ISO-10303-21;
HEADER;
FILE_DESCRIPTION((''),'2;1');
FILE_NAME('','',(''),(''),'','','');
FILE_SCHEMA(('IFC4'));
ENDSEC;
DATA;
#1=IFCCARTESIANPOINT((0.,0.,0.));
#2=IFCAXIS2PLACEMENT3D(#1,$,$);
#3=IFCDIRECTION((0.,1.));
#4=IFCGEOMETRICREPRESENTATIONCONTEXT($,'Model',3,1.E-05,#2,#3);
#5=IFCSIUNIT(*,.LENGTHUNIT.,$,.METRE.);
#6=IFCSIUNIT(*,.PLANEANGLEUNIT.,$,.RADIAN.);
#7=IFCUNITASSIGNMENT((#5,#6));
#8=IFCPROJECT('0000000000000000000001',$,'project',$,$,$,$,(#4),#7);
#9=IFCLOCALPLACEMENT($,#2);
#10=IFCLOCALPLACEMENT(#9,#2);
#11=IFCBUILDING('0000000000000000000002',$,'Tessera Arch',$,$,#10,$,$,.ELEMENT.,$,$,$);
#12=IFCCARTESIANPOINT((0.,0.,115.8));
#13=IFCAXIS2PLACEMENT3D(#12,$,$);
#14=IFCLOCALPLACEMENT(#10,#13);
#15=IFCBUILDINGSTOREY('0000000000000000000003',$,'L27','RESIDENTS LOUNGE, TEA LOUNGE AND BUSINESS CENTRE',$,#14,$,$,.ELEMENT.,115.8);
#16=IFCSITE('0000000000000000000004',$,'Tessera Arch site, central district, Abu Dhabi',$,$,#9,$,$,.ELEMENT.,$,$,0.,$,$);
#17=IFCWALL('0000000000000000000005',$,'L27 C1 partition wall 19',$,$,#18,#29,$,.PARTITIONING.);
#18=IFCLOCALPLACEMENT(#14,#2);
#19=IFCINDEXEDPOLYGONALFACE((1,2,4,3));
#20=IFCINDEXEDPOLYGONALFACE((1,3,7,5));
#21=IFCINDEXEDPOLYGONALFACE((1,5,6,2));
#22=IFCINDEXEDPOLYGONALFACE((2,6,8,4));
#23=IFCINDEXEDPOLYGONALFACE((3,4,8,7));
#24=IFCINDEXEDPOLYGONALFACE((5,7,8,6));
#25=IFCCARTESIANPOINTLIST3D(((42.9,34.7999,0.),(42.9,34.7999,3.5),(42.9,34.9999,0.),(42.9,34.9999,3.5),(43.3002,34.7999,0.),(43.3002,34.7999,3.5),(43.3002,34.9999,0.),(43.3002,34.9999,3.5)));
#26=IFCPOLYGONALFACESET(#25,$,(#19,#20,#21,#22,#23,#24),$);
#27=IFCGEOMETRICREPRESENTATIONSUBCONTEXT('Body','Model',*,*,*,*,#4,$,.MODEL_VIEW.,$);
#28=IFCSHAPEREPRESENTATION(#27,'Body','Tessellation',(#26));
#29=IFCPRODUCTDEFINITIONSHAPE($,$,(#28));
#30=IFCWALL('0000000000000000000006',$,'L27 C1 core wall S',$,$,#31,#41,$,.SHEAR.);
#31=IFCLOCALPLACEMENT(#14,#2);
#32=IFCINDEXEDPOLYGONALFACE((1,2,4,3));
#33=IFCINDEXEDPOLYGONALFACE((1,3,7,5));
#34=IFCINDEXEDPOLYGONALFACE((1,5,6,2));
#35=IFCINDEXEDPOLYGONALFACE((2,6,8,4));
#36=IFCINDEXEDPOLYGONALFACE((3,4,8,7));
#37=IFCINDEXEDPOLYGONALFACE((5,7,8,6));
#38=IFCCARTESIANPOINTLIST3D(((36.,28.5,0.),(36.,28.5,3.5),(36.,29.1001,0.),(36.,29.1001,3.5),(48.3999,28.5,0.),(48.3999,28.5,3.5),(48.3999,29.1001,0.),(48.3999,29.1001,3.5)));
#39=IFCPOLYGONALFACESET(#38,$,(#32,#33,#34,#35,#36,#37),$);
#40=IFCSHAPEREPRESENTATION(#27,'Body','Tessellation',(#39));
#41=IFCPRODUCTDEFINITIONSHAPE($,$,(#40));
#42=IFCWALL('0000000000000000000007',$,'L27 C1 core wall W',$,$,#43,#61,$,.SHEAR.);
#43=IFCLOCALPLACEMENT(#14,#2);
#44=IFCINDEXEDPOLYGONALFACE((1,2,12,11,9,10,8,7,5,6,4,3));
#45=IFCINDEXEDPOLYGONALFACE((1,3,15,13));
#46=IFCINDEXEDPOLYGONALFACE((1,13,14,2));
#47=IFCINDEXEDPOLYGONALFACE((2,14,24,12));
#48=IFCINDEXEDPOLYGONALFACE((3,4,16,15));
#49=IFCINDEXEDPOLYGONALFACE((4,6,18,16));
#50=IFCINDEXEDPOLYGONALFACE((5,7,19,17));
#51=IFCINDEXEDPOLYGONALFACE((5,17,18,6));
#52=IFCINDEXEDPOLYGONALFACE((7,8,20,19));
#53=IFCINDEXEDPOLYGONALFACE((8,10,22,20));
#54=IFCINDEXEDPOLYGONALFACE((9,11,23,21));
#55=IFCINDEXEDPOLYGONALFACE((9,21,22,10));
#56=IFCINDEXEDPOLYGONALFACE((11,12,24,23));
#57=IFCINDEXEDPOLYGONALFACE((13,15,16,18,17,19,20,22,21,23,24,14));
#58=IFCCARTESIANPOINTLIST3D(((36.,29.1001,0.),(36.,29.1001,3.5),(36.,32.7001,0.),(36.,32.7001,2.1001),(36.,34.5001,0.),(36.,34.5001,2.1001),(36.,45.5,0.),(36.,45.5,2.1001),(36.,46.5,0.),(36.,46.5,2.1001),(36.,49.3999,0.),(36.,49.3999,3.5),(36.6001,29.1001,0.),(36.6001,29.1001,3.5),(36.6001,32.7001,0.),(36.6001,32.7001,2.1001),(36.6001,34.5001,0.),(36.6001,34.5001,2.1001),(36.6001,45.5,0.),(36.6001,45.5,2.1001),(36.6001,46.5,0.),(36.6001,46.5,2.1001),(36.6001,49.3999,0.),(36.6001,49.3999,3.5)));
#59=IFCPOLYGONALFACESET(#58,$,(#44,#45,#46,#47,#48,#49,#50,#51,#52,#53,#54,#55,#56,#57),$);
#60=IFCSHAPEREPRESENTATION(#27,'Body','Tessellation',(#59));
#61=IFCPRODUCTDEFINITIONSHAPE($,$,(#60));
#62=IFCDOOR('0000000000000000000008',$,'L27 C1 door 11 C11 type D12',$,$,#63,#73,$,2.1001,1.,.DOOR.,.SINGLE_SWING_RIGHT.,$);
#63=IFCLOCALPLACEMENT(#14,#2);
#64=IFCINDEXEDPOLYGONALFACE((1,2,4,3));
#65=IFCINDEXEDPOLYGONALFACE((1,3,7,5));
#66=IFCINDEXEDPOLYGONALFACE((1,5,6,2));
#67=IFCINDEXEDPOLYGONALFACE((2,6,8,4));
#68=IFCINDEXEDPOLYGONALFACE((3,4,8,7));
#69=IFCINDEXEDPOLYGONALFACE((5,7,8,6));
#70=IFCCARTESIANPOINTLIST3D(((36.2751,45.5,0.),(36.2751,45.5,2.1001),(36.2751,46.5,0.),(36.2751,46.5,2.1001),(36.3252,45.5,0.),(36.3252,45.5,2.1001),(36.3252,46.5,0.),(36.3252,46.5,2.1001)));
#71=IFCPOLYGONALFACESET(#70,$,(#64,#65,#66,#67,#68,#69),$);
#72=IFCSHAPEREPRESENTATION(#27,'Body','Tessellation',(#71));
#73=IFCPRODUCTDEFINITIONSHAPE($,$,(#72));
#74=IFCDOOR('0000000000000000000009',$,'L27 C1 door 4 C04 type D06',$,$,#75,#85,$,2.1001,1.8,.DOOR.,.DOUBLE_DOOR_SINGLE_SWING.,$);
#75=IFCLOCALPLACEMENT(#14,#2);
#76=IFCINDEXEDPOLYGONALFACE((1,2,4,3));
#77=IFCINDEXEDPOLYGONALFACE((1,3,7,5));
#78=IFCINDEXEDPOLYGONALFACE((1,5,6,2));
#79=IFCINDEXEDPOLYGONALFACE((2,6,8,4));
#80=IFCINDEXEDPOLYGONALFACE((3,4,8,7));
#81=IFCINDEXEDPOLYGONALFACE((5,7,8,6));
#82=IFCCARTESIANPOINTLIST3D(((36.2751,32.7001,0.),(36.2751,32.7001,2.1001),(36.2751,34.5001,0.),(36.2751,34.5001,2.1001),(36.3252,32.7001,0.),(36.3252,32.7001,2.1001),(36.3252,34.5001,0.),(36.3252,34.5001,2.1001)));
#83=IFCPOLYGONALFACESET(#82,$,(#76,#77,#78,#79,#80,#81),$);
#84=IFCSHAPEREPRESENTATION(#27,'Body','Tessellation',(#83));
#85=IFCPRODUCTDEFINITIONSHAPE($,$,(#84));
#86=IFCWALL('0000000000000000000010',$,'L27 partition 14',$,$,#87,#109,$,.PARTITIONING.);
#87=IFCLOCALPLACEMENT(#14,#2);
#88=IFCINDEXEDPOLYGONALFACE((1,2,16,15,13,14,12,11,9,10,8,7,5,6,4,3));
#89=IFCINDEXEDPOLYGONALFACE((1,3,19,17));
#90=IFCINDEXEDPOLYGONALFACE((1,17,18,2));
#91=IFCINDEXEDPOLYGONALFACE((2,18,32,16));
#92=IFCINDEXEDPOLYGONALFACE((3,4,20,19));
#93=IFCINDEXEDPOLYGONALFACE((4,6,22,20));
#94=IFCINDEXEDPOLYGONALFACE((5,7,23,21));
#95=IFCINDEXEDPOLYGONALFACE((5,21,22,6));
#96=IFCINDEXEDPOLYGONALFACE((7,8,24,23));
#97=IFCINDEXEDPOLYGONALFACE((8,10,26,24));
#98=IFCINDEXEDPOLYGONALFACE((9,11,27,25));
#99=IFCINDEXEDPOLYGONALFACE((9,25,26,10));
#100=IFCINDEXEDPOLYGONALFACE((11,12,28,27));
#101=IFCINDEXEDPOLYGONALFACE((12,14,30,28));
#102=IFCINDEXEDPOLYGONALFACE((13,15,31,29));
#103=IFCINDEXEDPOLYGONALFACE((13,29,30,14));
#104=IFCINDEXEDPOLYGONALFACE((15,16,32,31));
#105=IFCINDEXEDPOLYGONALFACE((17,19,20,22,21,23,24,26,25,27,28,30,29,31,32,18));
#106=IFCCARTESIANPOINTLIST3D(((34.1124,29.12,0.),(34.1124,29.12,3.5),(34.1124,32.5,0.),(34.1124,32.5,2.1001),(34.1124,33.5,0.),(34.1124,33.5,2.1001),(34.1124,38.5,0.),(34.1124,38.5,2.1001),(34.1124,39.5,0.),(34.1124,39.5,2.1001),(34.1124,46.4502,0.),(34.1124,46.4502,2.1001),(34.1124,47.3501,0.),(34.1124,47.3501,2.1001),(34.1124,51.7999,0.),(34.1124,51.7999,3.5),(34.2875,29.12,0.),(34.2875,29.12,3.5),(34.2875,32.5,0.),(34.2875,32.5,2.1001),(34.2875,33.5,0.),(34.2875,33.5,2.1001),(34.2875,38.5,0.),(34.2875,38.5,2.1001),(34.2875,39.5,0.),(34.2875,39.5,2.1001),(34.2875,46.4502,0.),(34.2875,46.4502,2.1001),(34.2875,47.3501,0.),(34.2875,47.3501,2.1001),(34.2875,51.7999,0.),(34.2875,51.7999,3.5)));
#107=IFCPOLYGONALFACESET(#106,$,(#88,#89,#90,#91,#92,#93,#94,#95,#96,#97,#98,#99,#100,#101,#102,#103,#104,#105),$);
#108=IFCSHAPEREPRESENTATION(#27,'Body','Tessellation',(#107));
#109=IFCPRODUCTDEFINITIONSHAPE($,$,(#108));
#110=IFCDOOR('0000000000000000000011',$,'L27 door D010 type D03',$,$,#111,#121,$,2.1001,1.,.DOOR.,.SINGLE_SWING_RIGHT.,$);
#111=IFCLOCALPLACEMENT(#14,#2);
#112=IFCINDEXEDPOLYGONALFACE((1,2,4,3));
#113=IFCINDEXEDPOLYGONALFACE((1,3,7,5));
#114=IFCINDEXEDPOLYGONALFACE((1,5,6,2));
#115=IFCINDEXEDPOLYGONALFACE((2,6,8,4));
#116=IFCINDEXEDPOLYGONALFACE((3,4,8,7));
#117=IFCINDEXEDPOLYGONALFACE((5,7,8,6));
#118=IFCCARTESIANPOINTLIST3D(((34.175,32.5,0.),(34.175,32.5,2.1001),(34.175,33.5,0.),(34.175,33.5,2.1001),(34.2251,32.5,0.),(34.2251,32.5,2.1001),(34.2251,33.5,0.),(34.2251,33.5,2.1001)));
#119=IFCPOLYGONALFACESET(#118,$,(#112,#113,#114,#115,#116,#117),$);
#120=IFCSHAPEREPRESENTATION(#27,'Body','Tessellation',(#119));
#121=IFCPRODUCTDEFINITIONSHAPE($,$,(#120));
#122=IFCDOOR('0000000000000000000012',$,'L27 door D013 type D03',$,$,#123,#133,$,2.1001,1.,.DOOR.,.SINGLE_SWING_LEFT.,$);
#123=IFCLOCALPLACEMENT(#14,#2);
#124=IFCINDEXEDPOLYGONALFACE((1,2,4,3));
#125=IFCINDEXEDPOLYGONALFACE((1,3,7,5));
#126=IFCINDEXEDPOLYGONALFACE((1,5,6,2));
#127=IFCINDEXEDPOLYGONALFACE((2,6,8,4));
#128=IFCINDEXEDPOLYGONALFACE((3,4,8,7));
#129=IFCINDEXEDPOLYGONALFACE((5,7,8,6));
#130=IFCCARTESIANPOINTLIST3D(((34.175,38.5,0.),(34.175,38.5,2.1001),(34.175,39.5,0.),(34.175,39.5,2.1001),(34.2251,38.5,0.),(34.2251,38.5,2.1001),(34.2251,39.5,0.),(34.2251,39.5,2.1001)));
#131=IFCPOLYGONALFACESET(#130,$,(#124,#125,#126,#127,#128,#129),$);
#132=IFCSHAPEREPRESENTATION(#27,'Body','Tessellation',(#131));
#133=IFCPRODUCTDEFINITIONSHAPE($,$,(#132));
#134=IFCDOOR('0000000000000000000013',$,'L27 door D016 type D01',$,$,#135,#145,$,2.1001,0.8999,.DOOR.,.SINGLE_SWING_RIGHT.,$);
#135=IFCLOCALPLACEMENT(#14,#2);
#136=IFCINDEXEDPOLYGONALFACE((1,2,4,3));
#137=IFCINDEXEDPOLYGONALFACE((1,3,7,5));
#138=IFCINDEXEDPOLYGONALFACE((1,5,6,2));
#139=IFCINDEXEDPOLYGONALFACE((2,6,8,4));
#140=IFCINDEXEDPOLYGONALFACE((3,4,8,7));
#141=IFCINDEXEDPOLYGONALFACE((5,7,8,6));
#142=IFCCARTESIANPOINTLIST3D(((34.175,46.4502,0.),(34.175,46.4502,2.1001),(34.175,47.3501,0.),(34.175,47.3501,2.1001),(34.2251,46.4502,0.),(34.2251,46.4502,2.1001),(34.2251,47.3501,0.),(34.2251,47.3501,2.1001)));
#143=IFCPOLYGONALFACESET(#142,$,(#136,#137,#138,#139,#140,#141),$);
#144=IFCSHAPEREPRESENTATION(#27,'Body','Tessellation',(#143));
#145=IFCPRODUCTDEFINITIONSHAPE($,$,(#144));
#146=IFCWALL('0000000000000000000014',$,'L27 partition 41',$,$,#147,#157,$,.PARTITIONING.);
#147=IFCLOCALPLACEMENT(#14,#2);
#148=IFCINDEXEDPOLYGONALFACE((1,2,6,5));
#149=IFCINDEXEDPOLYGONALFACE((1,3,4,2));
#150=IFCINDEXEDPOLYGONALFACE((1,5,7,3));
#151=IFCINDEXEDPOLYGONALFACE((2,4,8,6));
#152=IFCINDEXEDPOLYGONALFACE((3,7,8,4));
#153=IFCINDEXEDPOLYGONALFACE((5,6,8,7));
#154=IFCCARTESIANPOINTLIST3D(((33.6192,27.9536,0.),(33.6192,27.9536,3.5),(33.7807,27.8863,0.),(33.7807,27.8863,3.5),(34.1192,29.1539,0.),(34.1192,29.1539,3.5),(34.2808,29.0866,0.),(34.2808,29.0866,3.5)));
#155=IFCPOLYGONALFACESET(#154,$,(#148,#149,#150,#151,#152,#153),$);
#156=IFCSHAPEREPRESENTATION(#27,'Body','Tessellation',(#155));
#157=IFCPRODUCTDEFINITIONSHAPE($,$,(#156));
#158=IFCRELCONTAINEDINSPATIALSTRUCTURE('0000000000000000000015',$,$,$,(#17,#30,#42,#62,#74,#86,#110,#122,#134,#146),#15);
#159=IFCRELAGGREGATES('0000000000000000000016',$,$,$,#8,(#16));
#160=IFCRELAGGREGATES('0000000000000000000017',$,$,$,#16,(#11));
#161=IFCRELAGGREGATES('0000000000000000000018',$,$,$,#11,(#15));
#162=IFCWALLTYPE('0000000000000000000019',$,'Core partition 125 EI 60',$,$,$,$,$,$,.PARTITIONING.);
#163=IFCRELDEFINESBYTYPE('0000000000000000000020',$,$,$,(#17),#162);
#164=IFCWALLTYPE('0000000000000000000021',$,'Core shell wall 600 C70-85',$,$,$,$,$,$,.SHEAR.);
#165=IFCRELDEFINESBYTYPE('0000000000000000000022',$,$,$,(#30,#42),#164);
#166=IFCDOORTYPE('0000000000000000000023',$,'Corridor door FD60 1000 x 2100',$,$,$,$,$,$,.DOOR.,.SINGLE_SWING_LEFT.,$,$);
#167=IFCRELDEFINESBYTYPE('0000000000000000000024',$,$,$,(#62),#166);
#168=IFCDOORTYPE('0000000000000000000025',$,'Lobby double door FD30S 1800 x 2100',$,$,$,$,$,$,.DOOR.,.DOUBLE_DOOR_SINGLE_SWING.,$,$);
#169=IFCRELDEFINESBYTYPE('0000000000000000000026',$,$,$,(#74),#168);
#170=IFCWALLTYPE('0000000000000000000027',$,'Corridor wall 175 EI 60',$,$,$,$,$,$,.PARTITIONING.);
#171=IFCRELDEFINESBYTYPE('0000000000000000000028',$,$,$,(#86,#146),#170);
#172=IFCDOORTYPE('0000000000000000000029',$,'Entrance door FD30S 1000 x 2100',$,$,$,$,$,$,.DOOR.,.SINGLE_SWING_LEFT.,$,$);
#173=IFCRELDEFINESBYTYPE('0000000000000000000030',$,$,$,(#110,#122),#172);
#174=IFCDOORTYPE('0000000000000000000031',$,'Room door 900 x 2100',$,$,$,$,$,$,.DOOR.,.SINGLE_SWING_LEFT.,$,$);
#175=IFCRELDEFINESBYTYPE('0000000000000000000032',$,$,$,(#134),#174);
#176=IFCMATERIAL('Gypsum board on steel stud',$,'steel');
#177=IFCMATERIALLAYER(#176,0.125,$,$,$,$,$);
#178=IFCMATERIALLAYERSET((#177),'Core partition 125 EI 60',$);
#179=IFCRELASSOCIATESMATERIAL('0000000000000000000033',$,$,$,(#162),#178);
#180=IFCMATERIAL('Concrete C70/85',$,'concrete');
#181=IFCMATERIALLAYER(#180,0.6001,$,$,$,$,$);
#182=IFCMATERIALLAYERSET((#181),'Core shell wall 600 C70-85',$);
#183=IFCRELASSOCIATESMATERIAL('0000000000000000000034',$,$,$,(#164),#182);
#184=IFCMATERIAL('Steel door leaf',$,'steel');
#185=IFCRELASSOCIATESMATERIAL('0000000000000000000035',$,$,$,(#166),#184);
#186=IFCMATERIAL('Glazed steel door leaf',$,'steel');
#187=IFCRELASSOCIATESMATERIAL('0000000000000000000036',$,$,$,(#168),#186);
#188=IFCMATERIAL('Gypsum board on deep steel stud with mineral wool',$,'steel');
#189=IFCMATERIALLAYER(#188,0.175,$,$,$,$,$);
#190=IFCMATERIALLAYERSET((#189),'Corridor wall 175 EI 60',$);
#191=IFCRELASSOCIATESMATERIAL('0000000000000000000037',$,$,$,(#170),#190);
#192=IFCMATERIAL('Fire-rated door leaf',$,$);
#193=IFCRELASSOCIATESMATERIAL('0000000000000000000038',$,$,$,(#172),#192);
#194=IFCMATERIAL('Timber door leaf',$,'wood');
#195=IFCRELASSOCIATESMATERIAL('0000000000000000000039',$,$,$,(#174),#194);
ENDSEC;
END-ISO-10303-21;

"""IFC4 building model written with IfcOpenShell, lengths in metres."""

from ifc_helpers import new_model, si_unit, direction, frame, frame_2d, origin, place, context, subcontext, project, spatial, rectangle, extrude, material, layer, layer_set, type_object, element, fill, save


model = new_model("IFC4")

# Units and contexts
model_context = context("Model", 3, precision=1e-05, world=origin(), true_north=direction((0.0, 1.0)))
body_context = subcontext(model_context, "Body", "Model", "MODEL_VIEW")
ifc_project = project(units=[si_unit("LENGTHUNIT", "METRE"), si_unit("PLANEANGLEUNIT", "RADIAN")], contexts=[model_context])

# Site, building, storey
site_placement = place(None, origin())
site = spatial("IfcSite", under=ifc_project, at=site_placement, Name="Tessera Arch site, central district, Abu Dhabi", CompositionType="ELEMENT", RefElevation=0.0)
building_placement = place(site_placement, origin())
building = spatial("IfcBuilding", under=site, at=building_placement, Name="Tessera Arch", CompositionType="ELEMENT")
storey_placement = place(building_placement, frame((0.0, 0.0, 115.8)))
storey = spatial("IfcBuildingStorey", under=building, at=storey_placement, Name="L27", Description="RESIDENTS LOUNGE, TEA LOUNGE AND BUSINESS CENTRE", CompositionType="ELEMENT", Elevation=115.8)

# Walls
ifc_material_1 = material(Name="Gypsum board on steel stud", Category="steel")
ifc_layer_1 = layer(ifc_material_1, 0.125)
ifc_layer_set_1 = layer_set([ifc_layer_1], Name="Core partition 125 EI 60")
wall_type_1 = type_object("IfcWallType", Name="Core partition 125 EI 60", PredefinedType="PARTITIONING", material=ifc_layer_set_1)
wall_1_placement = place(storey_placement, frame((42.8999, 34.8999, 0.0), z_axis=(0.0, 0.0, 1.0), x_axis=(1.0, 0.0, 0.0)))
element("IfcWall", 1, at=wall_1_placement, inside=storey, type_object=wall_type_1, Name="L27 C1 partition wall 19", PredefinedType="PARTITIONING", context=body_context, shape_type="SweptSolid", body=[
    extrude(rectangle(XDim=0.4001, YDim=0.2, at=frame_2d((0.2002, 0.0))), origin(), (0.0, 0.0, 1.0), 3.5),
])
ifc_material_2 = material(Name="Concrete C70/85", Category="concrete")
ifc_layer_2 = layer(ifc_material_2, 0.6001)
ifc_layer_set_2 = layer_set([ifc_layer_2], Name="Core shell wall 600 C70-85")
wall_type_2 = type_object("IfcWallType", Name="Core shell wall 600 C70-85", PredefinedType="SHEAR", material=ifc_layer_set_2)
wall_2_placement = place(storey_placement, frame((36.0, 28.8, 0.0), z_axis=(0.0, 0.0, 1.0), x_axis=(1.0, 0.0, 0.0)))
element("IfcWall", 2, at=wall_2_placement, inside=storey, type_object=wall_type_2, Name="L27 C1 core wall S", PredefinedType="SHEAR", context=body_context, shape_type="SweptSolid", body=[
    extrude(rectangle(XDim=12.3999, YDim=0.6001, at=frame_2d((6.2, 0.0))), origin(), (0.0, 0.0, 1.0), 3.5),
])

# Walls, openings, doors
wall_3_placement = place(storey_placement, frame((36.3, 29.1001, 0.0), z_axis=(0.0, 0.0, 1.0), x_axis=(0.0, 1.0, 0.0)))
wall_3 = element("IfcWall", 3, at=wall_3_placement, inside=storey, type_object=wall_type_2, Name="L27 C1 core wall W", PredefinedType="SHEAR", context=body_context, shape_type="SweptSolid", body=[
    extrude(rectangle(XDim=20.2998, YDim=0.6001, at=frame_2d((10.1499, 0.0))), origin(), (0.0, 0.0, 1.0), 3.5),
])
opening_1_placement = place(wall_3_placement, frame((3.6001, 0.0, 0.0)))
opening_1 = element("IfcOpeningElement", 4, at=opening_1_placement, cuts=wall_3, PredefinedType="OPENING", context=body_context, shape_type="SweptSolid", body=[
    extrude(rectangle(XDim=1.8, YDim=2.1001, at=frame_2d((0.8999, 1.05))), frame((0.0, 0.3101, 0.0), z_axis=(0.0, -1.0, 0.0), x_axis=(1.0, 0.0, 0.0)), (0.0, 0.0, 1.0), 0.6201),
])
opening_2_placement = place(wall_3_placement, frame((16.3999, 0.0, 0.0)))
opening_2 = element("IfcOpeningElement", 5, at=opening_2_placement, cuts=wall_3, PredefinedType="OPENING", context=body_context, shape_type="SweptSolid", body=[
    extrude(rectangle(XDim=1.0, YDim=2.1001, at=frame_2d((0.5, 1.05))), frame((0.0, 0.3101, 0.0), z_axis=(0.0, -1.0, 0.0), x_axis=(1.0, 0.0, 0.0)), (0.0, 0.0, 1.0), 0.6201),
])
ifc_material_3 = material(Name="Steel door leaf", Category="steel")
door_type_1 = type_object("IfcDoorType", Name="Corridor door FD60 1000 x 2100", OperationType="SINGLE_SWING_LEFT", PredefinedType="DOOR", material=ifc_material_3)
door_1_placement = place(opening_2_placement, origin())
door_1 = element("IfcDoor", 6, at=door_1_placement, inside=storey, type_object=door_type_1, Name="L27 C1 door 11 C11 type D12", OperationType="SINGLE_SWING_RIGHT", OverallHeight=2.1001, OverallWidth=1.0, PredefinedType="DOOR", context=body_context, shape_type="SweptSolid", body=[
    extrude(rectangle(XDim=1.0, YDim=2.1001, at=frame_2d((0.5, 1.05))), frame((0.0, 0.0249, 0.0), z_axis=(0.0, -1.0, 0.0), x_axis=(1.0, 0.0, 0.0)), (0.0, 0.0, 1.0), 0.05),
])
fill(opening_2, door_1)
ifc_material_4 = material(Name="Glazed steel door leaf", Category="steel")
door_type_2 = type_object("IfcDoorType", Name="Lobby double door FD30S 1800 x 2100", OperationType="DOUBLE_DOOR_SINGLE_SWING", PredefinedType="DOOR", material=ifc_material_4)
door_2_placement = place(opening_1_placement, origin())
door_2 = element("IfcDoor", 7, at=door_2_placement, inside=storey, type_object=door_type_2, Name="L27 C1 door 4 C04 type D06", OperationType="DOUBLE_DOOR_SINGLE_SWING", OverallHeight=2.1001, OverallWidth=1.8, PredefinedType="DOOR", context=body_context, shape_type="SweptSolid", body=[
    extrude(rectangle(XDim=1.8, YDim=2.1001, at=frame_2d((0.8999, 1.05))), frame((0.0, 0.0249, 0.0), z_axis=(0.0, -1.0, 0.0), x_axis=(1.0, 0.0, 0.0)), (0.0, 0.0, 1.0), 0.05),
])
fill(opening_1, door_2)
ifc_material_5 = material(Name="Gypsum board on deep steel stud with mineral wool", Category="steel")
ifc_layer_3 = layer(ifc_material_5, 0.175)
ifc_layer_set_3 = layer_set([ifc_layer_3], Name="Corridor wall 175 EI 60")
wall_type_3 = type_object("IfcWallType", Name="Corridor wall 175 EI 60", PredefinedType="PARTITIONING", material=ifc_layer_set_3)
wall_4_placement = place(storey_placement, frame((34.2, 29.1201, 0.0), z_axis=(0.0, 0.0, 1.0), x_axis=(0.0, 1.0, 0.0)))
wall_4 = element("IfcWall", 8, at=wall_4_placement, inside=storey, type_object=wall_type_3, Name="L27 partition 14", PredefinedType="PARTITIONING", context=body_context, shape_type="SweptSolid", body=[
    extrude(rectangle(XDim=22.6799, YDim=0.175, at=frame_2d((11.3398, 0.0))), origin(), (0.0, 0.0, 1.0), 3.5),
])
opening_3_placement = place(wall_4_placement, frame((3.3799, 0.0, 0.0)))
opening_3 = element("IfcOpeningElement", 9, at=opening_3_placement, cuts=wall_4, PredefinedType="OPENING", context=body_context, shape_type="SweptSolid", body=[
    extrude(rectangle(XDim=1.0, YDim=2.1001, at=frame_2d((0.5, 1.05))), frame((0.0, 0.0974, 0.0), z_axis=(0.0, -1.0, 0.0), x_axis=(1.0, 0.0, 0.0)), (0.0, 0.0, 1.0), 0.1951),
])
opening_4_placement = place(wall_4_placement, frame((9.3799, 0.0, 0.0)))
opening_4 = element("IfcOpeningElement", 10, at=opening_4_placement, cuts=wall_4, PredefinedType="OPENING", context=body_context, shape_type="SweptSolid", body=[
    extrude(rectangle(XDim=1.0, YDim=2.1001, at=frame_2d((0.5, 1.05))), frame((0.0, 0.0974, 0.0), z_axis=(0.0, -1.0, 0.0), x_axis=(1.0, 0.0, 0.0)), (0.0, 0.0, 1.0), 0.1951),
])
opening_5_placement = place(wall_4_placement, frame((17.3301, 0.0, 0.0)))
opening_5 = element("IfcOpeningElement", 11, at=opening_5_placement, cuts=wall_4, PredefinedType="OPENING", context=body_context, shape_type="SweptSolid", body=[
    extrude(rectangle(XDim=0.8999, YDim=2.1001, at=frame_2d((0.45, 1.05))), frame((0.0, 0.0974, 0.0), z_axis=(0.0, -1.0, 0.0), x_axis=(1.0, 0.0, 0.0)), (0.0, 0.0, 1.0), 0.1951),
])
ifc_material_6 = material(Name="Fire-rated door leaf")
door_type_3 = type_object("IfcDoorType", Name="Entrance door FD30S 1000 x 2100", OperationType="SINGLE_SWING_LEFT", PredefinedType="DOOR", material=ifc_material_6)
door_3_placement = place(opening_3_placement, origin())
door_3 = element("IfcDoor", 12, at=door_3_placement, inside=storey, type_object=door_type_3, Name="L27 door D010 type D03", OperationType="SINGLE_SWING_RIGHT", OverallHeight=2.1001, OverallWidth=1.0, PredefinedType="DOOR", context=body_context, shape_type="SweptSolid", body=[
    extrude(rectangle(XDim=1.0, YDim=2.1001, at=frame_2d((0.5, 1.05))), frame((0.0, 0.0249, 0.0), z_axis=(0.0, -1.0, 0.0), x_axis=(1.0, 0.0, 0.0)), (0.0, 0.0, 1.0), 0.05),
])
fill(opening_3, door_3)
door_4_placement = place(opening_4_placement, origin())
door_4 = element("IfcDoor", 13, at=door_4_placement, inside=storey, type_object=door_type_3, Name="L27 door D013 type D03", OperationType="SINGLE_SWING_LEFT", OverallHeight=2.1001, OverallWidth=1.0, PredefinedType="DOOR", context=body_context, shape_type="SweptSolid", body=[
    extrude(rectangle(XDim=1.0, YDim=2.1001, at=frame_2d((0.5, 1.05))), frame((0.0, 0.0249, 0.0), z_axis=(0.0, -1.0, 0.0), x_axis=(1.0, 0.0, 0.0)), (0.0, 0.0, 1.0), 0.05),
])
fill(opening_4, door_4)
ifc_material_7 = material(Name="Timber door leaf", Category="wood")
door_type_4 = type_object("IfcDoorType", Name="Room door 900 x 2100", OperationType="SINGLE_SWING_LEFT", PredefinedType="DOOR", material=ifc_material_7)
door_5_placement = place(opening_5_placement, origin())
door_5 = element("IfcDoor", 14, at=door_5_placement, inside=storey, type_object=door_type_4, Name="L27 door D016 type D01", OperationType="SINGLE_SWING_RIGHT", OverallHeight=2.1001, OverallWidth=0.8999, PredefinedType="DOOR", context=body_context, shape_type="SweptSolid", body=[
    extrude(rectangle(XDim=0.8999, YDim=2.1001, at=frame_2d((0.45, 1.05))), frame((0.0, 0.0249, 0.0), z_axis=(0.0, -1.0, 0.0), x_axis=(1.0, 0.0, 0.0)), (0.0, 0.0, 1.0), 0.05),
])
fill(opening_5, door_5)

# Wall
wall_5_placement = place(storey_placement, frame((33.7, 27.9199, 0.0), z_axis=(0.0, 0.0, 1.0), x_axis=(0.384562, 0.923099, 0.0)))
element("IfcWall", 15, at=wall_5_placement, inside=storey, type_object=wall_type_3, Name="L27 partition 41", PredefinedType="PARTITIONING", context=body_context, shape_type="SweptSolid", body=[
    extrude(rectangle(XDim=1.3003, YDim=0.175, at=frame_2d((0.6501, 0.0))), origin(), (0.0, 0.0, 1.0), 3.5),
])

save(model, "model.ifc")
